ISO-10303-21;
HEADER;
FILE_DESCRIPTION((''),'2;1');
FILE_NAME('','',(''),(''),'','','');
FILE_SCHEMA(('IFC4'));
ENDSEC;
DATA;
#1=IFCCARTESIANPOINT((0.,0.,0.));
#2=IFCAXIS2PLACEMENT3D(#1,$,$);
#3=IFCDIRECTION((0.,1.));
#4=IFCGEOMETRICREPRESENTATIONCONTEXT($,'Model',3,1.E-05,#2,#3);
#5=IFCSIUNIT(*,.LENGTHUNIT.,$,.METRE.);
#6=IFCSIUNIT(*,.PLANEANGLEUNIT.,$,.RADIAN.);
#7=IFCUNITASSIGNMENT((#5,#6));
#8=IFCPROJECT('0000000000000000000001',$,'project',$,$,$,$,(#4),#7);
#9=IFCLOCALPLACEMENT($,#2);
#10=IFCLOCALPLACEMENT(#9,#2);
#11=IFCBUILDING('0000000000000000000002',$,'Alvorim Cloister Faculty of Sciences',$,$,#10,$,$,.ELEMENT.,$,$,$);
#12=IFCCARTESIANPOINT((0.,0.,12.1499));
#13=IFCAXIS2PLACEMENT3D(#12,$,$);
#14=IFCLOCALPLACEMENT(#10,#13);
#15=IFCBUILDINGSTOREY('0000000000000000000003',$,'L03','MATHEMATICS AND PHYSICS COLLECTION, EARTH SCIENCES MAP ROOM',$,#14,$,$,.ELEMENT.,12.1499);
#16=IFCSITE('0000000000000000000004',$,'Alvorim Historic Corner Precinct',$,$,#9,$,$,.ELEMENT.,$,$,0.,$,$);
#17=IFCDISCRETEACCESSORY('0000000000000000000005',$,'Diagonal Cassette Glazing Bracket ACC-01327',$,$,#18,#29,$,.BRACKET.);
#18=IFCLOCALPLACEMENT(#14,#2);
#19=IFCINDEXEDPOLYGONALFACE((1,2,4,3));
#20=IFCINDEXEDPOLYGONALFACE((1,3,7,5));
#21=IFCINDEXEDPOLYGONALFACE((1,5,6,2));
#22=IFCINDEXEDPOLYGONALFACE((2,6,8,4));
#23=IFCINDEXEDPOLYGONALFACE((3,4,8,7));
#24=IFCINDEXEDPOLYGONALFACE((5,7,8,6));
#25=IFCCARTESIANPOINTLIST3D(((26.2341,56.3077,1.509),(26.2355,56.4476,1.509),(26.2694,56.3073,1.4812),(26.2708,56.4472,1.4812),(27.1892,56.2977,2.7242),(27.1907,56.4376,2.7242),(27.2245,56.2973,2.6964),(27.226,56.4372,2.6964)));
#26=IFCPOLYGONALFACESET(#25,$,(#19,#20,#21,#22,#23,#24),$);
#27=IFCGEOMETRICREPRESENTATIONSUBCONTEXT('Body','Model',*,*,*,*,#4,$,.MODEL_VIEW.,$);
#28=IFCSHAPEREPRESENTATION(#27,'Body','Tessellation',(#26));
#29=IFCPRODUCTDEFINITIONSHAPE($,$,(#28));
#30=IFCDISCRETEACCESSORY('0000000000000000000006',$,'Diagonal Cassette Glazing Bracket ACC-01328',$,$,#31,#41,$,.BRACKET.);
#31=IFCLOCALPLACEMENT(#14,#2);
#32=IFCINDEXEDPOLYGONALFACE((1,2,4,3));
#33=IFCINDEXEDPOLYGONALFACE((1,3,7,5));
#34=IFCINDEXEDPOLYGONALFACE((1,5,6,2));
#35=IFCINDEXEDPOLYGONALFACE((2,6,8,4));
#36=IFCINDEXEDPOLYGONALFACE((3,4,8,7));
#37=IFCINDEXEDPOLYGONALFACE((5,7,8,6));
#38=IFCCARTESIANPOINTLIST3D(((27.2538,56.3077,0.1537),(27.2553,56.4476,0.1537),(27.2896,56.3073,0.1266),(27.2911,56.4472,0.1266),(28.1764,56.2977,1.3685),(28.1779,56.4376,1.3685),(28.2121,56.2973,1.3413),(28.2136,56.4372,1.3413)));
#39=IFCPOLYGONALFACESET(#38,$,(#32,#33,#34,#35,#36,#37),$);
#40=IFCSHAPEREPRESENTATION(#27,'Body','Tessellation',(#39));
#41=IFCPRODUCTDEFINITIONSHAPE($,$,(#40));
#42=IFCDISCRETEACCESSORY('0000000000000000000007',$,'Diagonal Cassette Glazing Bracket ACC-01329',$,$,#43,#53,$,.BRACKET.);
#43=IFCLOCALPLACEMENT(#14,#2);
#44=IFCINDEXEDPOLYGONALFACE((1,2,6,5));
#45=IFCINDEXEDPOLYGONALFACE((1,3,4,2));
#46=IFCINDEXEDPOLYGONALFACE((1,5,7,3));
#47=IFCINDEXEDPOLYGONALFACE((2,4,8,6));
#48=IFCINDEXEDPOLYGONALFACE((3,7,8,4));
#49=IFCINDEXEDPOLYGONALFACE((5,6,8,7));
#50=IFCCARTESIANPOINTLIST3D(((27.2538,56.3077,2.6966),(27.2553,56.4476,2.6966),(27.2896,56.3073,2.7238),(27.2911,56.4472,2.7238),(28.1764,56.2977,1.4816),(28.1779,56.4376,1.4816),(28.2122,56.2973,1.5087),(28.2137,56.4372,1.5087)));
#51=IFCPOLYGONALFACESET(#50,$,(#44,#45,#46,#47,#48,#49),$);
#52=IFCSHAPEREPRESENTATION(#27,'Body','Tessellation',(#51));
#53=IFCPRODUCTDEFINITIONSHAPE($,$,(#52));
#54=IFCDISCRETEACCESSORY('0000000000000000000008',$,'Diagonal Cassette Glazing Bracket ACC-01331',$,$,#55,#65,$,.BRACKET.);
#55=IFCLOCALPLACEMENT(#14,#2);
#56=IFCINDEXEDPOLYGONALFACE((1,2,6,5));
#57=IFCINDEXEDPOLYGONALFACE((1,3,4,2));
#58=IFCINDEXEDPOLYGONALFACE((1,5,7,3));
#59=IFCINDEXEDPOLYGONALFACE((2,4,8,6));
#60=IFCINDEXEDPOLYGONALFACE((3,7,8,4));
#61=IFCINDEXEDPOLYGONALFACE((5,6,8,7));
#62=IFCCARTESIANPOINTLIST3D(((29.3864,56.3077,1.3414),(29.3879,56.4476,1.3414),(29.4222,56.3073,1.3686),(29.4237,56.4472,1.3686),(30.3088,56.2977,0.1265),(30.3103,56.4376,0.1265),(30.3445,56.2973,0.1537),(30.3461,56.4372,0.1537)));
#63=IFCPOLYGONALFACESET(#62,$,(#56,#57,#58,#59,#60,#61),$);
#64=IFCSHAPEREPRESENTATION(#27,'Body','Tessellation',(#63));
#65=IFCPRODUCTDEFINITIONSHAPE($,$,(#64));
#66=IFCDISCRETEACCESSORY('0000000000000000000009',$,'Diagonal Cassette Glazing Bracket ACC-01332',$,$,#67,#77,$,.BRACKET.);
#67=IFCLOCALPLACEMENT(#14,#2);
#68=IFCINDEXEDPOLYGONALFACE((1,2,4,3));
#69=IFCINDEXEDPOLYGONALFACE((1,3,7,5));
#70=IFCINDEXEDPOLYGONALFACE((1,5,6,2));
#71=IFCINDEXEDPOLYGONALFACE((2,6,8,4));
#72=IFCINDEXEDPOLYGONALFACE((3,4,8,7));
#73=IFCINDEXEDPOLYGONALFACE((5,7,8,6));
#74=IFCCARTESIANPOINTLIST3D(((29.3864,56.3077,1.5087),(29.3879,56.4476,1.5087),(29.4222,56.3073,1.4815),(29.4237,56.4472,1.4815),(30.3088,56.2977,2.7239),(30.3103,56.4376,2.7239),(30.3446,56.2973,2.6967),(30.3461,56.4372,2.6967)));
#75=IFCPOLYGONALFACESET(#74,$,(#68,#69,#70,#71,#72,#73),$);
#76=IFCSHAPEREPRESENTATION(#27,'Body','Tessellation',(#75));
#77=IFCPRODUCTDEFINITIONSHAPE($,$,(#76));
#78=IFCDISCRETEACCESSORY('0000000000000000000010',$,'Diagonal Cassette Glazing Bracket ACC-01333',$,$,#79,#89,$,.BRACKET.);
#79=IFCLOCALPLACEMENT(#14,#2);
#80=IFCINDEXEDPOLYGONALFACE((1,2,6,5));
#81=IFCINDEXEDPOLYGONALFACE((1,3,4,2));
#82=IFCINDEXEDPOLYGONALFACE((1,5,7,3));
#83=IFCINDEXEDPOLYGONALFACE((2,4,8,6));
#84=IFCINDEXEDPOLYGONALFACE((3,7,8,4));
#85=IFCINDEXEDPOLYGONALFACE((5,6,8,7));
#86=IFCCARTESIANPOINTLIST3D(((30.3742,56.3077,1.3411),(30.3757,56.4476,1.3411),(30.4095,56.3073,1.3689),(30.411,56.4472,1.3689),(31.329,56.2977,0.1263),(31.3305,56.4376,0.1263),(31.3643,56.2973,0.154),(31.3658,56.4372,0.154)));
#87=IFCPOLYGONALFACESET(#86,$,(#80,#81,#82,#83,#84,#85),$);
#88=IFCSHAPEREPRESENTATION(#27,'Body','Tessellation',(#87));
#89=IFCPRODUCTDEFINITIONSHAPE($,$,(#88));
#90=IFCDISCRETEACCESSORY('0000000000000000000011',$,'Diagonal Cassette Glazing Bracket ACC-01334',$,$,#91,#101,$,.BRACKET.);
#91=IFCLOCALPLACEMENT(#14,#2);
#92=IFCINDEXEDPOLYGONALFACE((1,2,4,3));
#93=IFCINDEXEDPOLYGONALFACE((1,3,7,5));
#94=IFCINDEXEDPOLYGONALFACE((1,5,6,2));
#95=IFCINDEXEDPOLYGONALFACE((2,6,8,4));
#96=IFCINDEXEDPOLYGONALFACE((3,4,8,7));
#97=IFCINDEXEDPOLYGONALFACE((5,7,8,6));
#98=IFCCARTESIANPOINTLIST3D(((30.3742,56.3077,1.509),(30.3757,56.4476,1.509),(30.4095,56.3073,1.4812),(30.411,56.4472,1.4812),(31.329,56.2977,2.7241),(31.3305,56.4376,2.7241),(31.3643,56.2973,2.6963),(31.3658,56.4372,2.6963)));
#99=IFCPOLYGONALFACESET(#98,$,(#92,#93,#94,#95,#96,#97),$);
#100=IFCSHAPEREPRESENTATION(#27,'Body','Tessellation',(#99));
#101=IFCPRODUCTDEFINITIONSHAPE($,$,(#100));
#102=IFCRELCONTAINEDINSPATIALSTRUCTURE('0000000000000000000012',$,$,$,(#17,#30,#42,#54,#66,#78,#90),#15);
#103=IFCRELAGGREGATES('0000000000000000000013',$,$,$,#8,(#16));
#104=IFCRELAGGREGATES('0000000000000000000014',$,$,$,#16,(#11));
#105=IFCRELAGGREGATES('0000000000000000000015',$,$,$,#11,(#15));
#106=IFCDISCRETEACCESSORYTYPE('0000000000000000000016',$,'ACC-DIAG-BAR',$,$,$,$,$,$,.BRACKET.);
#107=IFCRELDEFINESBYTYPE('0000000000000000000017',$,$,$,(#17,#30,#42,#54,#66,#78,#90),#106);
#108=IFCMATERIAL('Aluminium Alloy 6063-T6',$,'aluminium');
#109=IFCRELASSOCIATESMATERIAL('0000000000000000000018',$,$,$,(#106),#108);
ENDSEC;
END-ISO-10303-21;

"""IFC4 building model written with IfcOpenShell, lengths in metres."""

from ifc_helpers import new_model, si_unit, direction, frame, origin, origin_2d, place, context, subcontext, project, spatial, rectangle, extrude, material, type_object, element, save


model = new_model("IFC4")

# Units and contexts
model_context = context("Model", 3, precision=1e-05, world=origin(), true_north=direction((0.0, 1.0)))
body_context = subcontext(model_context, "Body", "Model", "MODEL_VIEW")
ifc_project = project(units=[si_unit("LENGTHUNIT", "METRE"), si_unit("PLANEANGLEUNIT", "RADIAN")], contexts=[model_context])

# Site, building, storey
site_placement = place(None, origin())
site = spatial("IfcSite", under=ifc_project, at=site_placement, Name="Alvorim Historic Corner Precinct", CompositionType="ELEMENT", RefElevation=0.0)
building_placement = place(site_placement, origin())
building = spatial("IfcBuilding", under=site, at=building_placement, Name="Alvorim Cloister Faculty of Sciences", CompositionType="ELEMENT")
storey_placement = place(building_placement, frame((0.0, 0.0, 12.1499)))
storey = spatial("IfcBuildingStorey", under=building, at=storey_placement, Name="L03", Description="MATHEMATICS AND PHYSICS COLLECTION, EARTH SCIENCES MAP ROOM", CompositionType="ELEMENT", Elevation=12.1499)

# Shared definitions
ifc_material_1 = material(Name="Aluminium Alloy 6063-T6", Category="aluminium")

# Discrete accessories
discrete_accessory_type = type_object("IfcDiscreteAccessoryType", Name="ACC-DIAG-BAR", PredefinedType="BRACKET", material=ifc_material_1)
discrete_accessory_1_placement = place(storey_placement, frame((26.2524, 56.3774, 1.4951), z_axis=(0.617955, -0.006477, 0.786187), x_axis=(0.01048, 0.999945, 0.0)))
element("IfcDiscreteAccessory", 1, at=discrete_accessory_1_placement, inside=storey, type_object=discrete_accessory_type, Name="Diagonal Cassette Glazing Bracket ACC-01327", PredefinedType="BRACKET", context=body_context, shape_type="SweptSolid", body=[
    extrude(rectangle(XDim=0.1399, YDim=0.0449, at=origin_2d()), origin(), (0.0, 0.0, 1.0), 1.5457),
])
discrete_accessory_2_placement = place(storey_placement, frame((27.2725, 56.3774, 0.1401), z_axis=(0.60479, -0.006562, 0.796358), x_axis=(0.010849, 0.999941, 0.0)))
element("IfcDiscreteAccessory", 2, at=discrete_accessory_2_placement, inside=storey, type_object=discrete_accessory_type, Name="Diagonal Cassette Glazing Bracket ACC-01328", PredefinedType="BRACKET", context=body_context, shape_type="SweptSolid", body=[
    extrude(rectangle(XDim=0.1399, YDim=0.0449, at=origin_2d()), origin(), (0.0, 0.0, 1.0), 1.5254),
])
discrete_accessory_3_placement = place(storey_placement, frame((27.2725, 56.3774, 2.7102), z_axis=(0.604713, -0.006561, -0.796416), x_axis=(0.010849, 0.999941, 0.0)))
element("IfcDiscreteAccessory", 3, at=discrete_accessory_3_placement, inside=storey, type_object=discrete_accessory_type, Name="Diagonal Cassette Glazing Bracket ACC-01329", PredefinedType="BRACKET", context=body_context, shape_type="SweptSolid", body=[
    extrude(rectangle(XDim=0.1399, YDim=0.0449, at=origin_2d()), origin(), (0.0, 0.0, 1.0), 1.5256),
])
discrete_accessory_4_placement = place(storey_placement, frame((29.405, 56.3774, 1.355), z_axis=(0.604689, -0.006562, -0.796435), x_axis=(0.010852, 0.999941, 0.0)))
element("IfcDiscreteAccessory", 4, at=discrete_accessory_4_placement, inside=storey, type_object=discrete_accessory_type, Name="Diagonal Cassette Glazing Bracket ACC-01331", PredefinedType="BRACKET", context=body_context, shape_type="SweptSolid", body=[
    extrude(rectangle(XDim=0.1399, YDim=0.0449, at=origin_2d()), origin(), (0.0, 0.0, 1.0), 1.5254),
])
discrete_accessory_5_placement = place(storey_placement, frame((29.405, 56.3774, 1.4951), z_axis=(0.604612, -0.006561, 0.796493), x_axis=(0.010852, 0.999941, 0.0)))
element("IfcDiscreteAccessory", 5, at=discrete_accessory_5_placement, inside=storey, type_object=discrete_accessory_type, Name="Diagonal Cassette Glazing Bracket ACC-01332", PredefinedType="BRACKET", context=body_context, shape_type="SweptSolid", body=[
    extrude(rectangle(XDim=0.1399, YDim=0.0449, at=origin_2d()), origin(), (0.0, 0.0, 1.0), 1.5256),
])
discrete_accessory_6_placement = place(storey_placement, frame((30.3926, 56.3774, 1.355), z_axis=(0.617934, -0.006478, -0.786203), x_axis=(0.010483, 0.999945, 0.0)))
element("IfcDiscreteAccessory", 6, at=discrete_accessory_6_placement, inside=storey, type_object=discrete_accessory_type, Name="Diagonal Cassette Glazing Bracket ACC-01333", PredefinedType="BRACKET", context=body_context, shape_type="SweptSolid", body=[
    extrude(rectangle(XDim=0.1399, YDim=0.0449, at=origin_2d()), origin(), (0.0, 0.0, 1.0), 1.5452),
])
discrete_accessory_7_placement = place(storey_placement, frame((30.3926, 56.3774, 1.4951), z_axis=(0.617857, -0.006477, 0.786263), x_axis=(0.010483, 0.999945, 0.0)))
element("IfcDiscreteAccessory", 7, at=discrete_accessory_7_placement, inside=storey, type_object=discrete_accessory_type, Name="Diagonal Cassette Glazing Bracket ACC-01334", PredefinedType="BRACKET", context=body_context, shape_type="SweptSolid", body=[
    extrude(rectangle(XDim=0.1399, YDim=0.0449, at=origin_2d()), origin(), (0.0, 0.0, 1.0), 1.5454),
])

save(model, "model.ifc")
